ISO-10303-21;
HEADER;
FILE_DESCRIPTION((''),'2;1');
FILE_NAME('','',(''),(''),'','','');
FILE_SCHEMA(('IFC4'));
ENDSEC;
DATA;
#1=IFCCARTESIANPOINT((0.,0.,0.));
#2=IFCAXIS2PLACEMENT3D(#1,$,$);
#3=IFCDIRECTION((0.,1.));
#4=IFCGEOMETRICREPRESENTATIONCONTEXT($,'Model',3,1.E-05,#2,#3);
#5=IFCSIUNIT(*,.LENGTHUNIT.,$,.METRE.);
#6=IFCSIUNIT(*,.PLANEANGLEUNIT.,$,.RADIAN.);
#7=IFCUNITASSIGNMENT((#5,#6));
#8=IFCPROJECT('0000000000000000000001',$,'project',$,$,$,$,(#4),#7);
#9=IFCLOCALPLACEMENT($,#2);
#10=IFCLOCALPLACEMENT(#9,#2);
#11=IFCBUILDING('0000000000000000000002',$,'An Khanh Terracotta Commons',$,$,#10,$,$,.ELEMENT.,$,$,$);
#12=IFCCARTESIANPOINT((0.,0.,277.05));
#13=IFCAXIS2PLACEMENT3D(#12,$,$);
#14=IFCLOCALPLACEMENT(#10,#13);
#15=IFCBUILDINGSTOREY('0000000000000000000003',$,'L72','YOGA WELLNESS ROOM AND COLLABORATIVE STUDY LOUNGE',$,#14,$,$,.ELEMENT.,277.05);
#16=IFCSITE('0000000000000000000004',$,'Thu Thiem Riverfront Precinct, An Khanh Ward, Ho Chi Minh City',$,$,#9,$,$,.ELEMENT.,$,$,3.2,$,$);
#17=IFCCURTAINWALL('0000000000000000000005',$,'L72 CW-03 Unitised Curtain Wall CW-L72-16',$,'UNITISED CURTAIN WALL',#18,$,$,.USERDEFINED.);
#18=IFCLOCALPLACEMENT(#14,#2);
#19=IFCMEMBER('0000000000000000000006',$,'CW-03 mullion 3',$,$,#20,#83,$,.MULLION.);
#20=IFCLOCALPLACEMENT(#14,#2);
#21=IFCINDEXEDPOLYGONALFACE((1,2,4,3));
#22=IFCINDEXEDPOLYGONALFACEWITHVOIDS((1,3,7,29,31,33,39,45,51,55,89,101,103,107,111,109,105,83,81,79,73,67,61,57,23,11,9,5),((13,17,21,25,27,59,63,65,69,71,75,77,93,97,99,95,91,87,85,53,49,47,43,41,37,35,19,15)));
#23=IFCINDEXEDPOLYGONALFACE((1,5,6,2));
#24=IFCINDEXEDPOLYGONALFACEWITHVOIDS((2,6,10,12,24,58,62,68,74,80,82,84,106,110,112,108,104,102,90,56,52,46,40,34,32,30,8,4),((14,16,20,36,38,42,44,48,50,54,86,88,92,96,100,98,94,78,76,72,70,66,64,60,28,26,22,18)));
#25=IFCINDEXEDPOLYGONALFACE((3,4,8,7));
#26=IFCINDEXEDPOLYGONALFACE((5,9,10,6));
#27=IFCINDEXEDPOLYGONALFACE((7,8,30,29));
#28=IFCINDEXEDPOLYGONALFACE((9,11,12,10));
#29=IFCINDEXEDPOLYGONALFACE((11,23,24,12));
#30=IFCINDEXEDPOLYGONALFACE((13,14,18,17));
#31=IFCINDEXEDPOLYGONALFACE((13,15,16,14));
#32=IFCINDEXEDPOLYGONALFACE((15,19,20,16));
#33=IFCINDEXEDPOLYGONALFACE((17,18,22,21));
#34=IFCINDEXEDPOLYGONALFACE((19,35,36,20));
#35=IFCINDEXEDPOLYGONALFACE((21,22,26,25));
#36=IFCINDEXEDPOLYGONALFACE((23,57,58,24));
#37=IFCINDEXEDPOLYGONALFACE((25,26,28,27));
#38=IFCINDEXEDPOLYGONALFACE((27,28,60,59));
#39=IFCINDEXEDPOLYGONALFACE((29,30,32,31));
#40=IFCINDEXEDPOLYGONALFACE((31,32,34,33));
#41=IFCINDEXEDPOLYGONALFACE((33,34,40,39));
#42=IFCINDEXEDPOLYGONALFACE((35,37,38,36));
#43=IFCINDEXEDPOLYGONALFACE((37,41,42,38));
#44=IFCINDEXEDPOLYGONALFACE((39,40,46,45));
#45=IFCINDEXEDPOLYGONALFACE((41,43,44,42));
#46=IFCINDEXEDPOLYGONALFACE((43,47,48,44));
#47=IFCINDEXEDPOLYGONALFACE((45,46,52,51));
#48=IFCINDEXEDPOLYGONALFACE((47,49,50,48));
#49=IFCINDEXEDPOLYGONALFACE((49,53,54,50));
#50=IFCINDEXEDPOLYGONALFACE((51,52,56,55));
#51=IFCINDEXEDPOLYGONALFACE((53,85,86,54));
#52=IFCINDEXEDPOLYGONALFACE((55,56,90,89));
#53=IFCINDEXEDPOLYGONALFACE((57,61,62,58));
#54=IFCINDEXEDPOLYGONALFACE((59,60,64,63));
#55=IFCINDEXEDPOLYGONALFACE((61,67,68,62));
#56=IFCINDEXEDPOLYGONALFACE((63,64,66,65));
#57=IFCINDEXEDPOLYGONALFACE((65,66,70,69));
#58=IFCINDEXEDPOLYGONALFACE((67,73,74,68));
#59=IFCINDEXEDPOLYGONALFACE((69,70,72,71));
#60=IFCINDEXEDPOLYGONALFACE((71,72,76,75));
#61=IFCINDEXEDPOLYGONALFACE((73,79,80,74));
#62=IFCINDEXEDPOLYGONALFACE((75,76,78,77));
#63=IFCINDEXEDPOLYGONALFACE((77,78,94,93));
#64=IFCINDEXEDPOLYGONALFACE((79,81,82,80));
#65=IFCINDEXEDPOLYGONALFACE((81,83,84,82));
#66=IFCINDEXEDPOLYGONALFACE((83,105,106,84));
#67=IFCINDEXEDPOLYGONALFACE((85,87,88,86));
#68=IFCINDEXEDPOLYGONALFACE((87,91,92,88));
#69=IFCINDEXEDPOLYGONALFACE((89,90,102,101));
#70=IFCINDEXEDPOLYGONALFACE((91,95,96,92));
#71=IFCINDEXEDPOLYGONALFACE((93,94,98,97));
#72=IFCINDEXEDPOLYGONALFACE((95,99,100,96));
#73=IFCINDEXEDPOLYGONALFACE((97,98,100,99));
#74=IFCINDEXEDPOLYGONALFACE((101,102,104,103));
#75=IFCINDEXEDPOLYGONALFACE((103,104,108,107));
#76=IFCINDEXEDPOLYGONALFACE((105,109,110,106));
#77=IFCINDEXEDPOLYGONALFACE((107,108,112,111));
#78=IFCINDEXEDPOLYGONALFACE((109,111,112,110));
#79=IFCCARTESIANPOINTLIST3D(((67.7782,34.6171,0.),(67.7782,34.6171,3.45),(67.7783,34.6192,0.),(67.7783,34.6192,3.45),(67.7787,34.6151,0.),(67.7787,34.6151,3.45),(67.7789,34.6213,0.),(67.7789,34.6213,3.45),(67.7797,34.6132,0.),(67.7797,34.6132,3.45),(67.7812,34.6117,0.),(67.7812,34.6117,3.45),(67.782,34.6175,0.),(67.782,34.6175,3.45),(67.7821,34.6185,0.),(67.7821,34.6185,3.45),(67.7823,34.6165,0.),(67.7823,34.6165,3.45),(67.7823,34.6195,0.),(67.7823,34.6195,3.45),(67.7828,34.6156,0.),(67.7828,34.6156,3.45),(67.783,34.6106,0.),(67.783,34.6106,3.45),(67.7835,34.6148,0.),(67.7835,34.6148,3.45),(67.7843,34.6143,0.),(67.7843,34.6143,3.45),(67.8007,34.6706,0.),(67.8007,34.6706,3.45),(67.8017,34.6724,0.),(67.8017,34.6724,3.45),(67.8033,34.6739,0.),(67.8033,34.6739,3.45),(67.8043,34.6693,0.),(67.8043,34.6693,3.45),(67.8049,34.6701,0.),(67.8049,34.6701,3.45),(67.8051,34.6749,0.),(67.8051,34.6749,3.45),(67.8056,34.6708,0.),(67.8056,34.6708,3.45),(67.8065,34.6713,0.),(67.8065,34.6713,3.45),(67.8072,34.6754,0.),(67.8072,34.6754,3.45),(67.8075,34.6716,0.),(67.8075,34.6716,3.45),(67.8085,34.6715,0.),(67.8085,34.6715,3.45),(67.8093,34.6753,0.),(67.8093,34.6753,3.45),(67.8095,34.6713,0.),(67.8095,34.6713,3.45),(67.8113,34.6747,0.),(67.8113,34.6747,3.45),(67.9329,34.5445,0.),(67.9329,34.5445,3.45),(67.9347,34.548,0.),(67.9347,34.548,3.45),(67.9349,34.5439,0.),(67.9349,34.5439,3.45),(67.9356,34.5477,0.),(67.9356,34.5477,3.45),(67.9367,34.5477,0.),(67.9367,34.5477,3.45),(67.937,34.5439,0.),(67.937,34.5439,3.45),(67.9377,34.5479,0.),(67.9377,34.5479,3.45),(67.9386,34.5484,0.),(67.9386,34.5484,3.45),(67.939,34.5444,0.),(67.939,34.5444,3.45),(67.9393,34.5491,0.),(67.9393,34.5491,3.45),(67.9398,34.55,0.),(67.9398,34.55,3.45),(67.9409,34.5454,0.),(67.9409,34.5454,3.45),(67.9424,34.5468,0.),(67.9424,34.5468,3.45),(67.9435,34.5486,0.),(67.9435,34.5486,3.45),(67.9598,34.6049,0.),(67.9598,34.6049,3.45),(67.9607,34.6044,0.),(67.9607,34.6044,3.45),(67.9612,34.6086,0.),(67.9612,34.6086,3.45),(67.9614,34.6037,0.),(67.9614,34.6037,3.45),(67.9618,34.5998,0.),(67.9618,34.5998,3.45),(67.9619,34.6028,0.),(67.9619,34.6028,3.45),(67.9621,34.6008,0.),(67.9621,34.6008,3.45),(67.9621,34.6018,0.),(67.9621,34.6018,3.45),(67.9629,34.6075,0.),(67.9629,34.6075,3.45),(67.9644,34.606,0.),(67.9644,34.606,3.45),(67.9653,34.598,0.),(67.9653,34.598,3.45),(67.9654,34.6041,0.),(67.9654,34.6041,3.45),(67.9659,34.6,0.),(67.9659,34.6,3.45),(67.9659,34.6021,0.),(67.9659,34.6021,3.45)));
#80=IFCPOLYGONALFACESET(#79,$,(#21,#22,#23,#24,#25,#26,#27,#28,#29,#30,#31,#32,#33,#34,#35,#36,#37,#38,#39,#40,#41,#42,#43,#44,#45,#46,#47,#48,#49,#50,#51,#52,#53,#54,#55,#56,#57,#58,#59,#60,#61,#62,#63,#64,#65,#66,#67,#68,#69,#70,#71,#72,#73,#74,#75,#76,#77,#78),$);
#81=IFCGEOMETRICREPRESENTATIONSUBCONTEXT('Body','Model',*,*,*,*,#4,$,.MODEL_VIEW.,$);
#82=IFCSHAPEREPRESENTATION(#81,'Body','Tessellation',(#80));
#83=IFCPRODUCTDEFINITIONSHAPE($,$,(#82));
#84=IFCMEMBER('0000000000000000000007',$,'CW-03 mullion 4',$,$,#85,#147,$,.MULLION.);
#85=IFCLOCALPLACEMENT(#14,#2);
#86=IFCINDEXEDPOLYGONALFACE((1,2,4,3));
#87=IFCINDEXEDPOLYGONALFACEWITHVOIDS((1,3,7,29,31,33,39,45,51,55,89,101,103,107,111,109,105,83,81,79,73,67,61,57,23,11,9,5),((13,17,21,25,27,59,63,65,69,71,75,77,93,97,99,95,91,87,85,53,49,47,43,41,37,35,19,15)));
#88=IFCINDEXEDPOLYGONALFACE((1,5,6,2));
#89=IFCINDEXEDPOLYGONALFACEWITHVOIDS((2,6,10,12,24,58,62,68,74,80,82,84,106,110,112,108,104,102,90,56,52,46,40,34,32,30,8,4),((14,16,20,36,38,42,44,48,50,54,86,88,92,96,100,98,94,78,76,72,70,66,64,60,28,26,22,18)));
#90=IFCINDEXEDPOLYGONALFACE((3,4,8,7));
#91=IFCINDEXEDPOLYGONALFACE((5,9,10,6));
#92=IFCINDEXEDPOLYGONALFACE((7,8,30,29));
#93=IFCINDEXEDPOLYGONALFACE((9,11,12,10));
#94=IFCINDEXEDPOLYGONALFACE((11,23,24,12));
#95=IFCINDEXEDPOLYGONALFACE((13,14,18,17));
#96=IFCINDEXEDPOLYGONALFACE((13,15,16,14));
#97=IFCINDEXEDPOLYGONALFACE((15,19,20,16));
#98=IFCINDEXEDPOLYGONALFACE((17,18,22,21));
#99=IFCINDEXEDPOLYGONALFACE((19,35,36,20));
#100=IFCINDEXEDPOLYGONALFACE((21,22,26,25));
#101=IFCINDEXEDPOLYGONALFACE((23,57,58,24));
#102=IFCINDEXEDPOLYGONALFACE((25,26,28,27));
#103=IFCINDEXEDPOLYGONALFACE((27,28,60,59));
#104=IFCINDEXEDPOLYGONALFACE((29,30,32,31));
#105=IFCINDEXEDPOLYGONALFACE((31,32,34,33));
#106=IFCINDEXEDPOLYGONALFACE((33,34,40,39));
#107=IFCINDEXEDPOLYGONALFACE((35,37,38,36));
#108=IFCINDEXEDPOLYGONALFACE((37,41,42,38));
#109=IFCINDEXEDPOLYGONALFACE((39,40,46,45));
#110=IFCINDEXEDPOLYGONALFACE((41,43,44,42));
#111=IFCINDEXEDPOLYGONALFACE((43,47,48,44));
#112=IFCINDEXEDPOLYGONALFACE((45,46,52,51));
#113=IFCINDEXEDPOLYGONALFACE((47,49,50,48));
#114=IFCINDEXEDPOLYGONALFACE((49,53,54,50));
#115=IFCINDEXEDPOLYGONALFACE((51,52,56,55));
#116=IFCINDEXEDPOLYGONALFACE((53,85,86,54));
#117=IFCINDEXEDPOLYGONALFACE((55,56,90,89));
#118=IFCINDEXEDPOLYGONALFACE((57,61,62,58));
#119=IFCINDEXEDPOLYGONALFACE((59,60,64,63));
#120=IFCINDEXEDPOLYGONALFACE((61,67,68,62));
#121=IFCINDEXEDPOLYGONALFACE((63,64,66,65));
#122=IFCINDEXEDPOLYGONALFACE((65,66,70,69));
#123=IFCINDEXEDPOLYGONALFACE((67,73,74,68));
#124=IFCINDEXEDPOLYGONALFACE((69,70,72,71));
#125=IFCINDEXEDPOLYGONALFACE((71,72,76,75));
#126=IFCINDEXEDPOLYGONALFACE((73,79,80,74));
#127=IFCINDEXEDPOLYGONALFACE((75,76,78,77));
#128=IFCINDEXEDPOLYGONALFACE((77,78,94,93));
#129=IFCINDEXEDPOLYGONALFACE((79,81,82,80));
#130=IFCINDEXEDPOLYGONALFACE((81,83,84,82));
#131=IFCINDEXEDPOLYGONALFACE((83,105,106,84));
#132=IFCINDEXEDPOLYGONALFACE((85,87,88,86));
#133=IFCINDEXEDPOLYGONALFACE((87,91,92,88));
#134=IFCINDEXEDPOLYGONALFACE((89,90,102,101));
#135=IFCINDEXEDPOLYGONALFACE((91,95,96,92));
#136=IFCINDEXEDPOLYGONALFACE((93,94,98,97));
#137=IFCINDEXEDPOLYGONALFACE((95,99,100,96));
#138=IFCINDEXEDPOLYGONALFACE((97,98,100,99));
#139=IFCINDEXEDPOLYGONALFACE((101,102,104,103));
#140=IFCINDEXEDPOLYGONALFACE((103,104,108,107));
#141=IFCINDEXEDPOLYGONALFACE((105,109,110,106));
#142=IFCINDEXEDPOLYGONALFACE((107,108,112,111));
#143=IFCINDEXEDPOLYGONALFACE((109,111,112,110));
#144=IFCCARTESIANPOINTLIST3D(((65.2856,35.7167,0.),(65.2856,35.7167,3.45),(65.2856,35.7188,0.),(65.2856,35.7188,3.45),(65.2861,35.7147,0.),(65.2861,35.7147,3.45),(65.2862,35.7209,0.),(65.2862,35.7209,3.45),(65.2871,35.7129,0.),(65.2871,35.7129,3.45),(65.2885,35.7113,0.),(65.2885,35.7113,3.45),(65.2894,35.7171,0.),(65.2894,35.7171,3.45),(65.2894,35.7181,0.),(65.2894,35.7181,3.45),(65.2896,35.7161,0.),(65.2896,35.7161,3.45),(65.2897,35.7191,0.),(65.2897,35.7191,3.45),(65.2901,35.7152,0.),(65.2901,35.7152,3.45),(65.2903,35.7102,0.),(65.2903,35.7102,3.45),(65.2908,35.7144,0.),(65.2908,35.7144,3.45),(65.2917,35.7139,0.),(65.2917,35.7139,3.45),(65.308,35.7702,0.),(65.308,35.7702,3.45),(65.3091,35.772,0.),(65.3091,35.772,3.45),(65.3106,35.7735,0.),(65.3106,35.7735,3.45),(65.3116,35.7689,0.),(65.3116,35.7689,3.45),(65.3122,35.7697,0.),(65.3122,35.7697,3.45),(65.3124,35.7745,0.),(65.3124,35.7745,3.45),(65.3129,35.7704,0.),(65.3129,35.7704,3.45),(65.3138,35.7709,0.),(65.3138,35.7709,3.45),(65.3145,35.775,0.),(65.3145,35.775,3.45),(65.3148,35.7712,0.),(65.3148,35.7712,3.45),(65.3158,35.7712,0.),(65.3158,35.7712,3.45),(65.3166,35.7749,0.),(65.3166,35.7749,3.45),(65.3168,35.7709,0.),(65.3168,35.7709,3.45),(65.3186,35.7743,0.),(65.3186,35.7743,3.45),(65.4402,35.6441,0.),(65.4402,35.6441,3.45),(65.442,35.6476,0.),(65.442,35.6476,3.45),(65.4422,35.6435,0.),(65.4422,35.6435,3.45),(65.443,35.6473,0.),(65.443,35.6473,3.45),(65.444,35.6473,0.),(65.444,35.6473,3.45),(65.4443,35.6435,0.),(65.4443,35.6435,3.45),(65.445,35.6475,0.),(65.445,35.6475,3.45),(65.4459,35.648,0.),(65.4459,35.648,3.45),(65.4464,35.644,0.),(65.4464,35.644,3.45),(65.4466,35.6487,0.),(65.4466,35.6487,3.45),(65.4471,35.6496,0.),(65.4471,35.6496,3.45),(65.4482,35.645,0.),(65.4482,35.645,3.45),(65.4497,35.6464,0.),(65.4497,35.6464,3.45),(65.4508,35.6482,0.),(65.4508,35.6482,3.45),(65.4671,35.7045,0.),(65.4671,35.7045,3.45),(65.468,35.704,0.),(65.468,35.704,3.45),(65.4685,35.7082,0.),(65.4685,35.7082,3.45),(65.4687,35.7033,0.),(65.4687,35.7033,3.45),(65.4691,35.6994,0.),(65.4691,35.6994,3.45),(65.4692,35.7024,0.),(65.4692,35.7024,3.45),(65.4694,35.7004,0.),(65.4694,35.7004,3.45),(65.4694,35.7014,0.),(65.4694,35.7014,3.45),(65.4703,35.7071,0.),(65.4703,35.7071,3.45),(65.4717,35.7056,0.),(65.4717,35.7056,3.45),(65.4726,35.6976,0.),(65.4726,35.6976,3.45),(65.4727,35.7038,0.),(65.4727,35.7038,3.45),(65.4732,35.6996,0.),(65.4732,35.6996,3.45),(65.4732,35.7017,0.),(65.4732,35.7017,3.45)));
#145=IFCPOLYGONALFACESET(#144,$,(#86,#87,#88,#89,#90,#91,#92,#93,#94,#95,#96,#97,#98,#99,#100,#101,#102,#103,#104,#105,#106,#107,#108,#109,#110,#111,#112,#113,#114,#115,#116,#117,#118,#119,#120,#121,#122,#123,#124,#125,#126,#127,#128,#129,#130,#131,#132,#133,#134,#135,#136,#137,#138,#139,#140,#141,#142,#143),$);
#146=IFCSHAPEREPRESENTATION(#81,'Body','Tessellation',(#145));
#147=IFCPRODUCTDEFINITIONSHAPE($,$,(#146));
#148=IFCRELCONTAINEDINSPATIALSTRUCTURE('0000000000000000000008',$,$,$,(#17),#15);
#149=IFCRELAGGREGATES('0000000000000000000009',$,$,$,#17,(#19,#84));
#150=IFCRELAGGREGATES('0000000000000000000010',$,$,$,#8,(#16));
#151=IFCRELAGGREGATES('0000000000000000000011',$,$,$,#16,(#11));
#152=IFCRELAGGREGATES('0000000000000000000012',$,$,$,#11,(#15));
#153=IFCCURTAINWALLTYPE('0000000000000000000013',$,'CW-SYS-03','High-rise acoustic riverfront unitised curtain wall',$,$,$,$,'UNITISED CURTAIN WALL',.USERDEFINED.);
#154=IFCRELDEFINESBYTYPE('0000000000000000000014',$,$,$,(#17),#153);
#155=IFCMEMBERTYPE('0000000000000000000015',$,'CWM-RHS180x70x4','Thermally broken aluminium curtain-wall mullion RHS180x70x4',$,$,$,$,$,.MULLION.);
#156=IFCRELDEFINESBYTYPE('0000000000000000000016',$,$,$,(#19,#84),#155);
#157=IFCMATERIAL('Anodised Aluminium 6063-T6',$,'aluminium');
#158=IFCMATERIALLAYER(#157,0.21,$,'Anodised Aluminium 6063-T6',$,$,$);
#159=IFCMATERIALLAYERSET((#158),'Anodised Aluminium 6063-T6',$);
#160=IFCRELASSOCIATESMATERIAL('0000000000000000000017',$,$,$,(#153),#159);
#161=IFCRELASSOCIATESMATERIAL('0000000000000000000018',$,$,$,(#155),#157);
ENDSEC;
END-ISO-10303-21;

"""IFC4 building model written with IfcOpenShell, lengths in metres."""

from ifc_helpers import new_model, si_unit, direction, frame, origin, origin_2d, place, context, subcontext, project, spatial, hollow_rectangle, extrude, material, layer, layer_set, material_profile, profile_set, type_object, element, aggregate, save


model = new_model("IFC4")

# Units and contexts
model_context = context("Model", 3, precision=1e-05, world=origin(), true_north=direction((0.0, 1.0)))
body_context = subcontext(model_context, "Body", "Model", "MODEL_VIEW")
ifc_project = project(units=[si_unit("LENGTHUNIT", "METRE"), si_unit("PLANEANGLEUNIT", "RADIAN")], contexts=[model_context])

# Site, building, storey
site_placement = place(None, origin())
site = spatial("IfcSite", under=ifc_project, at=site_placement, Name="Thu Thiem Riverfront Precinct, An Khanh Ward, Ho Chi Minh City", CompositionType="ELEMENT", RefElevation=3.2)
building_placement = place(site_placement, origin())
building = spatial("IfcBuilding", under=site, at=building_placement, Name="An Khanh Terracotta Commons", CompositionType="ELEMENT")
storey_placement = place(building_placement, frame((0.0, 0.0, 277.05)))
storey = spatial("IfcBuildingStorey", under=building, at=storey_placement, Name="L72", Description="YOGA WELLNESS ROOM AND COLLABORATIVE STUDY LOUNGE", CompositionType="ELEMENT", Elevation=277.05)

# Curtain wall, members
ifc_material_1 = material(Name="Anodised Aluminium 6063-T6", Category="aluminium")
ifc_layer_1 = layer(ifc_material_1, 0.21, Name="Anodised Aluminium 6063-T6")
ifc_layer_set_1 = layer_set([ifc_layer_1], Name="Anodised Aluminium 6063-T6")
curtain_wall_type = type_object("IfcCurtainWallType", Name="CW-SYS-03", Description="High-rise acoustic riverfront unitised curtain wall", ElementType="UNITISED CURTAIN WALL", PredefinedType="USERDEFINED", material=ifc_layer_set_1)
curtain_wall_placement = place(storey_placement, origin())
curtain_wall = element("IfcCurtainWall", 1, at=curtain_wall_placement, inside=storey, type_object=curtain_wall_type, Name="L72 CW-03 Unitised Curtain Wall CW-L72-16", ObjectType="UNITISED CURTAIN WALL", PredefinedType="USERDEFINED")
ifc_material_profile_1 = material_profile(ifc_material_1, hollow_rectangle(XDim=0.0701, YDim=0.1799, WallThickness=0.0039, InnerFilletRadius=0.0039, OuterFilletRadius=0.0081, at=origin_2d()), Name="RHS180x70x4")
ifc_profile_set_1 = profile_set([ifc_material_profile_1], Name="Anodised Aluminium 6063-T6")
member_type_1 = type_object("IfcMemberType", Name="CWM-RHS180x70x4", Description="Thermally broken aluminium curtain-wall mullion RHS180x70x4", PredefinedType="MULLION", material=ifc_profile_set_1)
member_1_placement = place(storey_placement, frame((67.8721, 34.6096, 0.0), z_axis=(0.0, 0.0, 1.0), x_axis=(-0.403676, -0.914902, 0.0)))
member_1 = element("IfcMember", 2, at=member_1_placement, type_object=member_type_1, Name="CW-03 mullion 3", PredefinedType="MULLION", context=body_context, shape_type="SweptSolid", body=[
    extrude(hollow_rectangle(XDim=0.0701, YDim=0.1799, WallThickness=0.0039, InnerFilletRadius=0.0039, OuterFilletRadius=0.0081, at=origin_2d()), origin(), (0.0, 0.0, 1.0), 3.45),
])
member_2_placement = place(storey_placement, frame((65.3794, 35.7092, 0.0), z_axis=(0.0, 0.0, 1.0), x_axis=(-0.403676, -0.914902, 0.0)))
member_2 = element("IfcMember", 3, at=member_2_placement, type_object=member_type_1, Name="CW-03 mullion 4", PredefinedType="MULLION", context=body_context, shape_type="SweptSolid", body=[
    extrude(hollow_rectangle(XDim=0.0701, YDim=0.1799, WallThickness=0.0039, InnerFilletRadius=0.0039, OuterFilletRadius=0.0081, at=origin_2d()), origin(), (0.0, 0.0, 1.0), 3.45),
])
aggregate(curtain_wall, [member_1, member_2])

save(model, "model.ifc")
